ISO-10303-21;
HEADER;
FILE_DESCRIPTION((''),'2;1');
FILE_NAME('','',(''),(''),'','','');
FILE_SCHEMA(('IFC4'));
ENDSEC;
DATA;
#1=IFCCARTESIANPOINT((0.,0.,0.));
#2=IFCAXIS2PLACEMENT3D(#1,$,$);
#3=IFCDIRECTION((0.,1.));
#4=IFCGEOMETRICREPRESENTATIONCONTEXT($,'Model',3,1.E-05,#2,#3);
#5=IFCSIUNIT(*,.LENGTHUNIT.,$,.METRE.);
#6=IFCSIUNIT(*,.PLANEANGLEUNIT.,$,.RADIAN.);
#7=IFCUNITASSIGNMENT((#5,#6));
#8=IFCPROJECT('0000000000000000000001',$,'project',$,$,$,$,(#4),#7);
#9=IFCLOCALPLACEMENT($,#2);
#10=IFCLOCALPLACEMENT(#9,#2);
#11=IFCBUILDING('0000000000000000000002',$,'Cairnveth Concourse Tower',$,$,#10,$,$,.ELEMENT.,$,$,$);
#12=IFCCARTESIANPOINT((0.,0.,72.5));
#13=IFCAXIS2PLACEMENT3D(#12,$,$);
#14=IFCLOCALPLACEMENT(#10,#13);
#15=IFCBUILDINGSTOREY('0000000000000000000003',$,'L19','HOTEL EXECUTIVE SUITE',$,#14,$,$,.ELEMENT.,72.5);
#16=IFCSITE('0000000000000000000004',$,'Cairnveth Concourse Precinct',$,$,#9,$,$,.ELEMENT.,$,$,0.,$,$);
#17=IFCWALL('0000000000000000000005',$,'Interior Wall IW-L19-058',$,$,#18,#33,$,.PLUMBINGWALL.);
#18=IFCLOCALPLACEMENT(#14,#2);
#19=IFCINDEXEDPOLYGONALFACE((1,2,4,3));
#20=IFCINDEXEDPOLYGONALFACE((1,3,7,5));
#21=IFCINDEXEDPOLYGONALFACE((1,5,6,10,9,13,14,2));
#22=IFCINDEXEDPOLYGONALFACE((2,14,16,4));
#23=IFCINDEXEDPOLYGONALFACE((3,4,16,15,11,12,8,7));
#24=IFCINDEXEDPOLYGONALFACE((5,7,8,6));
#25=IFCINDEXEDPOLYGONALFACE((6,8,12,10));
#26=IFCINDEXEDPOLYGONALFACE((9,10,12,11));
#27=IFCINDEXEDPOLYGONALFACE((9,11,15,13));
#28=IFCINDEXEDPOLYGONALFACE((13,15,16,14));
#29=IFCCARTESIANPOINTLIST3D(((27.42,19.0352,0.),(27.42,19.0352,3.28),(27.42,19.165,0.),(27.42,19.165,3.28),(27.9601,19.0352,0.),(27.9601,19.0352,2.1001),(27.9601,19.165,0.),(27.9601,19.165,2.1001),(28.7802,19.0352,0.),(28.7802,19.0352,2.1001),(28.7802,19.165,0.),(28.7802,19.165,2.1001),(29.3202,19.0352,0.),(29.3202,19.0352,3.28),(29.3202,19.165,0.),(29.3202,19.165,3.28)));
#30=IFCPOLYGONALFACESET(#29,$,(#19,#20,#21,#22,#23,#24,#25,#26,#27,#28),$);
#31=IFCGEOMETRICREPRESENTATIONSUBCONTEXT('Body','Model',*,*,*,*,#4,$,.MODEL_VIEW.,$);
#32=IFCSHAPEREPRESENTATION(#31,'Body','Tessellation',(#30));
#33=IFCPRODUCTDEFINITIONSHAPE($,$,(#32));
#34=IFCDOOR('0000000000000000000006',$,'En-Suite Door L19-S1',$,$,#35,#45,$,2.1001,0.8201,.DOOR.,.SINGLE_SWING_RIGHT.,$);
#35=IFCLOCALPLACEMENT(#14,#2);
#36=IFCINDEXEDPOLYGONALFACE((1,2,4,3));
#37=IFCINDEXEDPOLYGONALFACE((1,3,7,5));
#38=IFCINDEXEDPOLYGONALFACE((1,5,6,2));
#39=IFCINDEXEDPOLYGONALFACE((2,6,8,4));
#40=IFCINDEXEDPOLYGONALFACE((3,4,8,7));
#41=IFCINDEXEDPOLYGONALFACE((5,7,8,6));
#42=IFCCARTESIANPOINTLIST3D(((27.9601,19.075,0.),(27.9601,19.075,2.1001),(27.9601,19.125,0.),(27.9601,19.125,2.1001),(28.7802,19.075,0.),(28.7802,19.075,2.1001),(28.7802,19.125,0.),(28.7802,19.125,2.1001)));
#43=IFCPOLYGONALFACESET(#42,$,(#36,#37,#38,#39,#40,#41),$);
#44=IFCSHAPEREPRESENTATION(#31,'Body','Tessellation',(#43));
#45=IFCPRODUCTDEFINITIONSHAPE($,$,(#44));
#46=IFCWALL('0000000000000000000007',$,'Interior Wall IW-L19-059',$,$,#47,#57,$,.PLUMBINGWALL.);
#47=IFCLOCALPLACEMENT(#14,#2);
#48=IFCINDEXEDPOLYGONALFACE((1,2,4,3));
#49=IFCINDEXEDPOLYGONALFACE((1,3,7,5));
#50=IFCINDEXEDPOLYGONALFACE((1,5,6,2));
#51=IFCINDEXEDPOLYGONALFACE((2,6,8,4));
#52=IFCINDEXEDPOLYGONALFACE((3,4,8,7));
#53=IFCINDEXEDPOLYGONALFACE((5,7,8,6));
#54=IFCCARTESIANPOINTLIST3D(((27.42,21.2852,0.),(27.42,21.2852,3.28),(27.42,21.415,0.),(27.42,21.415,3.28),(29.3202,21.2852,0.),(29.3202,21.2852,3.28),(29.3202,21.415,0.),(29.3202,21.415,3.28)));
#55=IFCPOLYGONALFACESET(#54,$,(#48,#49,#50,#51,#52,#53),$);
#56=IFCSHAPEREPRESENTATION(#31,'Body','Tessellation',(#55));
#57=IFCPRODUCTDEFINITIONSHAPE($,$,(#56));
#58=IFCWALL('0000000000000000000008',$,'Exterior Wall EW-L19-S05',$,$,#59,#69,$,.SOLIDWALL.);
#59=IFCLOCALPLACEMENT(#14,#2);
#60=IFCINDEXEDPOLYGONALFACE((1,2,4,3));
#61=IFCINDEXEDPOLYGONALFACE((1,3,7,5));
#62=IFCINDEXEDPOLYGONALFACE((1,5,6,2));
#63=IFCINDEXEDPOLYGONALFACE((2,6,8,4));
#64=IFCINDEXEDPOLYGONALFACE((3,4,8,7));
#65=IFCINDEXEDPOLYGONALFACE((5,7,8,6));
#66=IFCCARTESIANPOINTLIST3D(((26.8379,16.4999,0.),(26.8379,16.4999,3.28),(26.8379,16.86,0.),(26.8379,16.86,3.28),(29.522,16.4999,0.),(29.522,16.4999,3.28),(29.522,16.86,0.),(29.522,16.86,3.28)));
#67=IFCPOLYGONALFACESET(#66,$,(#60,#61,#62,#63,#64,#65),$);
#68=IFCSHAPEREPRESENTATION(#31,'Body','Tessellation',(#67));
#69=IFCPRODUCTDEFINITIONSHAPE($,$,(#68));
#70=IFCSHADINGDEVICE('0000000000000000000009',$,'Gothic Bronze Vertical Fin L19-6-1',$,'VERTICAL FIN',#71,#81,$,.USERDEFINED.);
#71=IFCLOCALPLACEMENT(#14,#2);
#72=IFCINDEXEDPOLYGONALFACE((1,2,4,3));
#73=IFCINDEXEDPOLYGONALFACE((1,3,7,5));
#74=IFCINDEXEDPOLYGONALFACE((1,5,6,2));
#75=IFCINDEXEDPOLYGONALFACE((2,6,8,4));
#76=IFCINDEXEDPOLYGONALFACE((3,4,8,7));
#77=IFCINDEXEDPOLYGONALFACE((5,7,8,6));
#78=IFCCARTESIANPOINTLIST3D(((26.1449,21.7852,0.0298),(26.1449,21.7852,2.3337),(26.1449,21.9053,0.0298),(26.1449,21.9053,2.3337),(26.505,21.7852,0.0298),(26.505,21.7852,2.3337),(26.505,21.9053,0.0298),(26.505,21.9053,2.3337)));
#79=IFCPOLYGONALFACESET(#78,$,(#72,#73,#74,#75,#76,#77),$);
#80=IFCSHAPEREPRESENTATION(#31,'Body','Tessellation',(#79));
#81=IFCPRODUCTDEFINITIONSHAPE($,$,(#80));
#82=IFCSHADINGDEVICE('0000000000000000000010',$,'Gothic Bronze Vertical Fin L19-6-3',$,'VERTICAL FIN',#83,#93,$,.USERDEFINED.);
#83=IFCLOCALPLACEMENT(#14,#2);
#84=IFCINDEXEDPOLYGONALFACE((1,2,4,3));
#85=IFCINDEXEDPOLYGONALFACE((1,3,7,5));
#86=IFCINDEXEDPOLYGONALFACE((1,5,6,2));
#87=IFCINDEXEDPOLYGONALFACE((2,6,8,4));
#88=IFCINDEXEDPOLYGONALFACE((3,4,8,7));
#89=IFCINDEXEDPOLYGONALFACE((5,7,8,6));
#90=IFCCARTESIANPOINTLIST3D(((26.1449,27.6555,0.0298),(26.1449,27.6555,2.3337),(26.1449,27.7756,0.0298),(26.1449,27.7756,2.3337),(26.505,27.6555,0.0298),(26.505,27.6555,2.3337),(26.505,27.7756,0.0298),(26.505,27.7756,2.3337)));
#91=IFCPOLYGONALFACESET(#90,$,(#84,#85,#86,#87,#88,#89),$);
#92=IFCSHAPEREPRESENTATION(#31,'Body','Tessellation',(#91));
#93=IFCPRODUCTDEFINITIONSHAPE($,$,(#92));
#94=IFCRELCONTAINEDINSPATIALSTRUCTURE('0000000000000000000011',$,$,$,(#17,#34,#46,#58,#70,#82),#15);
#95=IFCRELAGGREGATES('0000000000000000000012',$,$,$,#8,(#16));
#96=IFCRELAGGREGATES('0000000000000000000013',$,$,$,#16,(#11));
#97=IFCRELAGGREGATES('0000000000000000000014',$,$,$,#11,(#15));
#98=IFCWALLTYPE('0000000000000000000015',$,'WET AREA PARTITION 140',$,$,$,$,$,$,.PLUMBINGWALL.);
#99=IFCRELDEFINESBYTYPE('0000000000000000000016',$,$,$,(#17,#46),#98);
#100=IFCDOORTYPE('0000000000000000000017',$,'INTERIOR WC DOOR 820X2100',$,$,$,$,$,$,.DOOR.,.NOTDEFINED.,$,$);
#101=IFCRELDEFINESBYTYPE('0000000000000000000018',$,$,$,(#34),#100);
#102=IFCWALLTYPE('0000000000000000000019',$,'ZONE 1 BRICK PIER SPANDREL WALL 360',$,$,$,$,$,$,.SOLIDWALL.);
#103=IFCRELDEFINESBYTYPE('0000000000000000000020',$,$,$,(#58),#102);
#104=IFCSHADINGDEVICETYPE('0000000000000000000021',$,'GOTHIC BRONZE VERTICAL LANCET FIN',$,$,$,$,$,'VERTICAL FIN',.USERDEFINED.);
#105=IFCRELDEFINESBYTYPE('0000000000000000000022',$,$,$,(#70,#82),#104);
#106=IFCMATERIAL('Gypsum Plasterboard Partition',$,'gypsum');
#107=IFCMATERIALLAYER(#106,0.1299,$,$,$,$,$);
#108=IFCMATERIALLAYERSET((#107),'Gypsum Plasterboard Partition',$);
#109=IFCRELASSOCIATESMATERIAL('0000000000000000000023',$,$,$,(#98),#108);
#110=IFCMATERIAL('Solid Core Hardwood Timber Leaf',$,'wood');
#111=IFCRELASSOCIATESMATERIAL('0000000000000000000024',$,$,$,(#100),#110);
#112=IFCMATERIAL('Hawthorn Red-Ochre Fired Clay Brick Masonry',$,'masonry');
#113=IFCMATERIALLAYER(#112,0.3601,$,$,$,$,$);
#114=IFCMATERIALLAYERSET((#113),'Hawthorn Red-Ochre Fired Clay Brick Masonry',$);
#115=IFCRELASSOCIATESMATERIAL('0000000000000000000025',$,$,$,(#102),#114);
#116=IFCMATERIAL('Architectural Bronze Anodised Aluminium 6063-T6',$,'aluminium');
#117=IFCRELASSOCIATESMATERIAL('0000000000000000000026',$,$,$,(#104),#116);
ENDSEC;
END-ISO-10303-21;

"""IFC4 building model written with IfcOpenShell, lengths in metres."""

from ifc_helpers import new_model, si_unit, direction, frame, frame_2d, origin, origin_2d, place, context, subcontext, project, spatial, rectangle, extrude, material, layer, layer_set, type_object, element, fill, save


model = new_model("IFC4")

# Units and contexts
model_context = context("Model", 3, precision=1e-05, world=origin(), true_north=direction((0.0, 1.0)))
body_context = subcontext(model_context, "Body", "Model", "MODEL_VIEW")
ifc_project = project(units=[si_unit("LENGTHUNIT", "METRE"), si_unit("PLANEANGLEUNIT", "RADIAN")], contexts=[model_context])

# Site, building, storey
site_placement = place(None, origin())
site = spatial("IfcSite", under=ifc_project, at=site_placement, Name="Cairnveth Concourse Precinct", CompositionType="ELEMENT", RefElevation=0.0)
building_placement = place(site_placement, origin())
building = spatial("IfcBuilding", under=site, at=building_placement, Name="Cairnveth Concourse Tower", CompositionType="ELEMENT")
storey_placement = place(building_placement, frame((0.0, 0.0, 72.5)))
storey = spatial("IfcBuildingStorey", under=building, at=storey_placement, Name="L19", Description="HOTEL EXECUTIVE SUITE", CompositionType="ELEMENT", Elevation=72.5)

# Shared definitions
ifc_material_1 = material(Name="Gypsum Plasterboard Partition", Category="gypsum")
ifc_layer_1 = layer(ifc_material_1, 0.1299)
ifc_layer_set_1 = layer_set([ifc_layer_1], Name="Gypsum Plasterboard Partition")
wall_type_1 = type_object("IfcWallType", Name="WET AREA PARTITION 140", PredefinedType="PLUMBINGWALL", material=ifc_layer_set_1)

# Wall, opening, door
wall_1_placement = place(storey_placement, frame((27.4199, 19.1001, 0.0), z_axis=(0.0, 0.0, 1.0), x_axis=(1.0, 0.0, 0.0)))
wall_1 = element("IfcWall", 1, at=wall_1_placement, inside=storey, type_object=wall_type_1, Name="Interior Wall IW-L19-058", PredefinedType="PLUMBINGWALL", context=body_context, shape_type="SweptSolid", body=[
    extrude(rectangle(XDim=1.9001, YDim=0.1299, at=frame_2d((0.9502, 0.0))), origin(), (0.0, 0.0, 1.0), 3.28),
])
opening_placement = place(wall_1_placement, frame((0.54, 0.0, 0.0)))
opening = element("IfcOpeningElement", 2, at=opening_placement, cuts=wall_1, PredefinedType="OPENING", context=body_context, shape_type="SweptSolid", body=[
    extrude(rectangle(XDim=0.8201, YDim=2.1001, at=frame_2d((0.4102, 1.05))), frame((0.0, 0.075, 0.0), z_axis=(0.0, -1.0, 0.0), x_axis=(1.0, 0.0, 0.0)), (0.0, 0.0, 1.0), 0.1499),
])
ifc_material_2 = material(Name="Solid Core Hardwood Timber Leaf", Category="wood")
door_type = type_object("IfcDoorType", Name="INTERIOR WC DOOR 820X2100", OperationType="NOTDEFINED", PredefinedType="DOOR", material=ifc_material_2)
door_placement = place(opening_placement, origin())
door = element("IfcDoor", 3, at=door_placement, inside=storey, type_object=door_type, Name="En-Suite Door L19-S1", OperationType="SINGLE_SWING_RIGHT", OverallHeight=2.1001, OverallWidth=0.8201, PredefinedType="DOOR", context=body_context, shape_type="SweptSolid", body=[
    extrude(rectangle(XDim=0.8201, YDim=2.1001, at=frame_2d((0.4102, 1.05))), frame((0.0, 0.0249, 0.0), z_axis=(0.0, -1.0, 0.0), x_axis=(1.0, 0.0, 0.0)), (0.0, 0.0, 1.0), 0.05),
])
fill(opening, door)

# Walls
wall_2_placement = place(storey_placement, frame((27.4199, 21.3501, 0.0), z_axis=(0.0, 0.0, 1.0), x_axis=(1.0, 0.0, 0.0)))
element("IfcWall", 4, at=wall_2_placement, inside=storey, type_object=wall_type_1, Name="Interior Wall IW-L19-059", PredefinedType="PLUMBINGWALL", context=body_context, shape_type="SweptSolid", body=[
    extrude(rectangle(XDim=1.9001, YDim=0.1299, at=frame_2d((0.9502, 0.0))), origin(), (0.0, 0.0, 1.0), 3.28),
])
ifc_material_3 = material(Name="Hawthorn Red-Ochre Fired Clay Brick Masonry", Category="masonry")
ifc_layer_2 = layer(ifc_material_3, 0.3601)
ifc_layer_set_2 = layer_set([ifc_layer_2], Name="Hawthorn Red-Ochre Fired Clay Brick Masonry")
wall_type_2 = type_object("IfcWallType", Name="ZONE 1 BRICK PIER SPANDREL WALL 360", PredefinedType="SOLIDWALL", material=ifc_layer_set_2)
wall_3_placement = place(storey_placement, frame((29.522, 16.6799, 0.0), z_axis=(0.0, 0.0, 1.0), x_axis=(-1.0, 0.0, 0.0)))
element("IfcWall", 5, at=wall_3_placement, inside=storey, type_object=wall_type_2, Name="Exterior Wall EW-L19-S05", PredefinedType="SOLIDWALL", context=body_context, shape_type="SweptSolid", body=[
    extrude(rectangle(XDim=2.6841, YDim=0.3601, at=frame_2d((1.342, 0.0))), origin(), (0.0, 0.0, 1.0), 3.28),
])

# Shading devices
ifc_material_4 = material(Name="Architectural Bronze Anodised Aluminium 6063-T6", Category="aluminium")
shading_device_type = type_object("IfcShadingDeviceType", Name="GOTHIC BRONZE VERTICAL LANCET FIN", ElementType="VERTICAL FIN", PredefinedType="USERDEFINED", material=ifc_material_4)
for number, where, z_axis, x_axis, name in (
    (6, (26.325, 21.8452, 0.0298), (0.0, 0.0, 1.0), (0.0, 1.0, 0.0), "Gothic Bronze Vertical Fin L19-6-1"),
    (7, (26.325, 27.7156, 0.0298), (0.0, 0.0, 1.0), (0.0, 1.0, 0.0), "Gothic Bronze Vertical Fin L19-6-3"),
):
    element("IfcShadingDevice", number, at=place(storey_placement, frame(where, z_axis=z_axis, x_axis=x_axis)), inside=storey, type_object=shading_device_type, Name=name, ObjectType="VERTICAL FIN", PredefinedType="USERDEFINED", context=body_context, shape_type="SweptSolid", body=[
        extrude(rectangle(XDim=0.1201, YDim=0.3601, at=origin_2d()), origin(), (0.0, 0.0, 1.0), 2.304),
    ])

save(model, "model.ifc")
